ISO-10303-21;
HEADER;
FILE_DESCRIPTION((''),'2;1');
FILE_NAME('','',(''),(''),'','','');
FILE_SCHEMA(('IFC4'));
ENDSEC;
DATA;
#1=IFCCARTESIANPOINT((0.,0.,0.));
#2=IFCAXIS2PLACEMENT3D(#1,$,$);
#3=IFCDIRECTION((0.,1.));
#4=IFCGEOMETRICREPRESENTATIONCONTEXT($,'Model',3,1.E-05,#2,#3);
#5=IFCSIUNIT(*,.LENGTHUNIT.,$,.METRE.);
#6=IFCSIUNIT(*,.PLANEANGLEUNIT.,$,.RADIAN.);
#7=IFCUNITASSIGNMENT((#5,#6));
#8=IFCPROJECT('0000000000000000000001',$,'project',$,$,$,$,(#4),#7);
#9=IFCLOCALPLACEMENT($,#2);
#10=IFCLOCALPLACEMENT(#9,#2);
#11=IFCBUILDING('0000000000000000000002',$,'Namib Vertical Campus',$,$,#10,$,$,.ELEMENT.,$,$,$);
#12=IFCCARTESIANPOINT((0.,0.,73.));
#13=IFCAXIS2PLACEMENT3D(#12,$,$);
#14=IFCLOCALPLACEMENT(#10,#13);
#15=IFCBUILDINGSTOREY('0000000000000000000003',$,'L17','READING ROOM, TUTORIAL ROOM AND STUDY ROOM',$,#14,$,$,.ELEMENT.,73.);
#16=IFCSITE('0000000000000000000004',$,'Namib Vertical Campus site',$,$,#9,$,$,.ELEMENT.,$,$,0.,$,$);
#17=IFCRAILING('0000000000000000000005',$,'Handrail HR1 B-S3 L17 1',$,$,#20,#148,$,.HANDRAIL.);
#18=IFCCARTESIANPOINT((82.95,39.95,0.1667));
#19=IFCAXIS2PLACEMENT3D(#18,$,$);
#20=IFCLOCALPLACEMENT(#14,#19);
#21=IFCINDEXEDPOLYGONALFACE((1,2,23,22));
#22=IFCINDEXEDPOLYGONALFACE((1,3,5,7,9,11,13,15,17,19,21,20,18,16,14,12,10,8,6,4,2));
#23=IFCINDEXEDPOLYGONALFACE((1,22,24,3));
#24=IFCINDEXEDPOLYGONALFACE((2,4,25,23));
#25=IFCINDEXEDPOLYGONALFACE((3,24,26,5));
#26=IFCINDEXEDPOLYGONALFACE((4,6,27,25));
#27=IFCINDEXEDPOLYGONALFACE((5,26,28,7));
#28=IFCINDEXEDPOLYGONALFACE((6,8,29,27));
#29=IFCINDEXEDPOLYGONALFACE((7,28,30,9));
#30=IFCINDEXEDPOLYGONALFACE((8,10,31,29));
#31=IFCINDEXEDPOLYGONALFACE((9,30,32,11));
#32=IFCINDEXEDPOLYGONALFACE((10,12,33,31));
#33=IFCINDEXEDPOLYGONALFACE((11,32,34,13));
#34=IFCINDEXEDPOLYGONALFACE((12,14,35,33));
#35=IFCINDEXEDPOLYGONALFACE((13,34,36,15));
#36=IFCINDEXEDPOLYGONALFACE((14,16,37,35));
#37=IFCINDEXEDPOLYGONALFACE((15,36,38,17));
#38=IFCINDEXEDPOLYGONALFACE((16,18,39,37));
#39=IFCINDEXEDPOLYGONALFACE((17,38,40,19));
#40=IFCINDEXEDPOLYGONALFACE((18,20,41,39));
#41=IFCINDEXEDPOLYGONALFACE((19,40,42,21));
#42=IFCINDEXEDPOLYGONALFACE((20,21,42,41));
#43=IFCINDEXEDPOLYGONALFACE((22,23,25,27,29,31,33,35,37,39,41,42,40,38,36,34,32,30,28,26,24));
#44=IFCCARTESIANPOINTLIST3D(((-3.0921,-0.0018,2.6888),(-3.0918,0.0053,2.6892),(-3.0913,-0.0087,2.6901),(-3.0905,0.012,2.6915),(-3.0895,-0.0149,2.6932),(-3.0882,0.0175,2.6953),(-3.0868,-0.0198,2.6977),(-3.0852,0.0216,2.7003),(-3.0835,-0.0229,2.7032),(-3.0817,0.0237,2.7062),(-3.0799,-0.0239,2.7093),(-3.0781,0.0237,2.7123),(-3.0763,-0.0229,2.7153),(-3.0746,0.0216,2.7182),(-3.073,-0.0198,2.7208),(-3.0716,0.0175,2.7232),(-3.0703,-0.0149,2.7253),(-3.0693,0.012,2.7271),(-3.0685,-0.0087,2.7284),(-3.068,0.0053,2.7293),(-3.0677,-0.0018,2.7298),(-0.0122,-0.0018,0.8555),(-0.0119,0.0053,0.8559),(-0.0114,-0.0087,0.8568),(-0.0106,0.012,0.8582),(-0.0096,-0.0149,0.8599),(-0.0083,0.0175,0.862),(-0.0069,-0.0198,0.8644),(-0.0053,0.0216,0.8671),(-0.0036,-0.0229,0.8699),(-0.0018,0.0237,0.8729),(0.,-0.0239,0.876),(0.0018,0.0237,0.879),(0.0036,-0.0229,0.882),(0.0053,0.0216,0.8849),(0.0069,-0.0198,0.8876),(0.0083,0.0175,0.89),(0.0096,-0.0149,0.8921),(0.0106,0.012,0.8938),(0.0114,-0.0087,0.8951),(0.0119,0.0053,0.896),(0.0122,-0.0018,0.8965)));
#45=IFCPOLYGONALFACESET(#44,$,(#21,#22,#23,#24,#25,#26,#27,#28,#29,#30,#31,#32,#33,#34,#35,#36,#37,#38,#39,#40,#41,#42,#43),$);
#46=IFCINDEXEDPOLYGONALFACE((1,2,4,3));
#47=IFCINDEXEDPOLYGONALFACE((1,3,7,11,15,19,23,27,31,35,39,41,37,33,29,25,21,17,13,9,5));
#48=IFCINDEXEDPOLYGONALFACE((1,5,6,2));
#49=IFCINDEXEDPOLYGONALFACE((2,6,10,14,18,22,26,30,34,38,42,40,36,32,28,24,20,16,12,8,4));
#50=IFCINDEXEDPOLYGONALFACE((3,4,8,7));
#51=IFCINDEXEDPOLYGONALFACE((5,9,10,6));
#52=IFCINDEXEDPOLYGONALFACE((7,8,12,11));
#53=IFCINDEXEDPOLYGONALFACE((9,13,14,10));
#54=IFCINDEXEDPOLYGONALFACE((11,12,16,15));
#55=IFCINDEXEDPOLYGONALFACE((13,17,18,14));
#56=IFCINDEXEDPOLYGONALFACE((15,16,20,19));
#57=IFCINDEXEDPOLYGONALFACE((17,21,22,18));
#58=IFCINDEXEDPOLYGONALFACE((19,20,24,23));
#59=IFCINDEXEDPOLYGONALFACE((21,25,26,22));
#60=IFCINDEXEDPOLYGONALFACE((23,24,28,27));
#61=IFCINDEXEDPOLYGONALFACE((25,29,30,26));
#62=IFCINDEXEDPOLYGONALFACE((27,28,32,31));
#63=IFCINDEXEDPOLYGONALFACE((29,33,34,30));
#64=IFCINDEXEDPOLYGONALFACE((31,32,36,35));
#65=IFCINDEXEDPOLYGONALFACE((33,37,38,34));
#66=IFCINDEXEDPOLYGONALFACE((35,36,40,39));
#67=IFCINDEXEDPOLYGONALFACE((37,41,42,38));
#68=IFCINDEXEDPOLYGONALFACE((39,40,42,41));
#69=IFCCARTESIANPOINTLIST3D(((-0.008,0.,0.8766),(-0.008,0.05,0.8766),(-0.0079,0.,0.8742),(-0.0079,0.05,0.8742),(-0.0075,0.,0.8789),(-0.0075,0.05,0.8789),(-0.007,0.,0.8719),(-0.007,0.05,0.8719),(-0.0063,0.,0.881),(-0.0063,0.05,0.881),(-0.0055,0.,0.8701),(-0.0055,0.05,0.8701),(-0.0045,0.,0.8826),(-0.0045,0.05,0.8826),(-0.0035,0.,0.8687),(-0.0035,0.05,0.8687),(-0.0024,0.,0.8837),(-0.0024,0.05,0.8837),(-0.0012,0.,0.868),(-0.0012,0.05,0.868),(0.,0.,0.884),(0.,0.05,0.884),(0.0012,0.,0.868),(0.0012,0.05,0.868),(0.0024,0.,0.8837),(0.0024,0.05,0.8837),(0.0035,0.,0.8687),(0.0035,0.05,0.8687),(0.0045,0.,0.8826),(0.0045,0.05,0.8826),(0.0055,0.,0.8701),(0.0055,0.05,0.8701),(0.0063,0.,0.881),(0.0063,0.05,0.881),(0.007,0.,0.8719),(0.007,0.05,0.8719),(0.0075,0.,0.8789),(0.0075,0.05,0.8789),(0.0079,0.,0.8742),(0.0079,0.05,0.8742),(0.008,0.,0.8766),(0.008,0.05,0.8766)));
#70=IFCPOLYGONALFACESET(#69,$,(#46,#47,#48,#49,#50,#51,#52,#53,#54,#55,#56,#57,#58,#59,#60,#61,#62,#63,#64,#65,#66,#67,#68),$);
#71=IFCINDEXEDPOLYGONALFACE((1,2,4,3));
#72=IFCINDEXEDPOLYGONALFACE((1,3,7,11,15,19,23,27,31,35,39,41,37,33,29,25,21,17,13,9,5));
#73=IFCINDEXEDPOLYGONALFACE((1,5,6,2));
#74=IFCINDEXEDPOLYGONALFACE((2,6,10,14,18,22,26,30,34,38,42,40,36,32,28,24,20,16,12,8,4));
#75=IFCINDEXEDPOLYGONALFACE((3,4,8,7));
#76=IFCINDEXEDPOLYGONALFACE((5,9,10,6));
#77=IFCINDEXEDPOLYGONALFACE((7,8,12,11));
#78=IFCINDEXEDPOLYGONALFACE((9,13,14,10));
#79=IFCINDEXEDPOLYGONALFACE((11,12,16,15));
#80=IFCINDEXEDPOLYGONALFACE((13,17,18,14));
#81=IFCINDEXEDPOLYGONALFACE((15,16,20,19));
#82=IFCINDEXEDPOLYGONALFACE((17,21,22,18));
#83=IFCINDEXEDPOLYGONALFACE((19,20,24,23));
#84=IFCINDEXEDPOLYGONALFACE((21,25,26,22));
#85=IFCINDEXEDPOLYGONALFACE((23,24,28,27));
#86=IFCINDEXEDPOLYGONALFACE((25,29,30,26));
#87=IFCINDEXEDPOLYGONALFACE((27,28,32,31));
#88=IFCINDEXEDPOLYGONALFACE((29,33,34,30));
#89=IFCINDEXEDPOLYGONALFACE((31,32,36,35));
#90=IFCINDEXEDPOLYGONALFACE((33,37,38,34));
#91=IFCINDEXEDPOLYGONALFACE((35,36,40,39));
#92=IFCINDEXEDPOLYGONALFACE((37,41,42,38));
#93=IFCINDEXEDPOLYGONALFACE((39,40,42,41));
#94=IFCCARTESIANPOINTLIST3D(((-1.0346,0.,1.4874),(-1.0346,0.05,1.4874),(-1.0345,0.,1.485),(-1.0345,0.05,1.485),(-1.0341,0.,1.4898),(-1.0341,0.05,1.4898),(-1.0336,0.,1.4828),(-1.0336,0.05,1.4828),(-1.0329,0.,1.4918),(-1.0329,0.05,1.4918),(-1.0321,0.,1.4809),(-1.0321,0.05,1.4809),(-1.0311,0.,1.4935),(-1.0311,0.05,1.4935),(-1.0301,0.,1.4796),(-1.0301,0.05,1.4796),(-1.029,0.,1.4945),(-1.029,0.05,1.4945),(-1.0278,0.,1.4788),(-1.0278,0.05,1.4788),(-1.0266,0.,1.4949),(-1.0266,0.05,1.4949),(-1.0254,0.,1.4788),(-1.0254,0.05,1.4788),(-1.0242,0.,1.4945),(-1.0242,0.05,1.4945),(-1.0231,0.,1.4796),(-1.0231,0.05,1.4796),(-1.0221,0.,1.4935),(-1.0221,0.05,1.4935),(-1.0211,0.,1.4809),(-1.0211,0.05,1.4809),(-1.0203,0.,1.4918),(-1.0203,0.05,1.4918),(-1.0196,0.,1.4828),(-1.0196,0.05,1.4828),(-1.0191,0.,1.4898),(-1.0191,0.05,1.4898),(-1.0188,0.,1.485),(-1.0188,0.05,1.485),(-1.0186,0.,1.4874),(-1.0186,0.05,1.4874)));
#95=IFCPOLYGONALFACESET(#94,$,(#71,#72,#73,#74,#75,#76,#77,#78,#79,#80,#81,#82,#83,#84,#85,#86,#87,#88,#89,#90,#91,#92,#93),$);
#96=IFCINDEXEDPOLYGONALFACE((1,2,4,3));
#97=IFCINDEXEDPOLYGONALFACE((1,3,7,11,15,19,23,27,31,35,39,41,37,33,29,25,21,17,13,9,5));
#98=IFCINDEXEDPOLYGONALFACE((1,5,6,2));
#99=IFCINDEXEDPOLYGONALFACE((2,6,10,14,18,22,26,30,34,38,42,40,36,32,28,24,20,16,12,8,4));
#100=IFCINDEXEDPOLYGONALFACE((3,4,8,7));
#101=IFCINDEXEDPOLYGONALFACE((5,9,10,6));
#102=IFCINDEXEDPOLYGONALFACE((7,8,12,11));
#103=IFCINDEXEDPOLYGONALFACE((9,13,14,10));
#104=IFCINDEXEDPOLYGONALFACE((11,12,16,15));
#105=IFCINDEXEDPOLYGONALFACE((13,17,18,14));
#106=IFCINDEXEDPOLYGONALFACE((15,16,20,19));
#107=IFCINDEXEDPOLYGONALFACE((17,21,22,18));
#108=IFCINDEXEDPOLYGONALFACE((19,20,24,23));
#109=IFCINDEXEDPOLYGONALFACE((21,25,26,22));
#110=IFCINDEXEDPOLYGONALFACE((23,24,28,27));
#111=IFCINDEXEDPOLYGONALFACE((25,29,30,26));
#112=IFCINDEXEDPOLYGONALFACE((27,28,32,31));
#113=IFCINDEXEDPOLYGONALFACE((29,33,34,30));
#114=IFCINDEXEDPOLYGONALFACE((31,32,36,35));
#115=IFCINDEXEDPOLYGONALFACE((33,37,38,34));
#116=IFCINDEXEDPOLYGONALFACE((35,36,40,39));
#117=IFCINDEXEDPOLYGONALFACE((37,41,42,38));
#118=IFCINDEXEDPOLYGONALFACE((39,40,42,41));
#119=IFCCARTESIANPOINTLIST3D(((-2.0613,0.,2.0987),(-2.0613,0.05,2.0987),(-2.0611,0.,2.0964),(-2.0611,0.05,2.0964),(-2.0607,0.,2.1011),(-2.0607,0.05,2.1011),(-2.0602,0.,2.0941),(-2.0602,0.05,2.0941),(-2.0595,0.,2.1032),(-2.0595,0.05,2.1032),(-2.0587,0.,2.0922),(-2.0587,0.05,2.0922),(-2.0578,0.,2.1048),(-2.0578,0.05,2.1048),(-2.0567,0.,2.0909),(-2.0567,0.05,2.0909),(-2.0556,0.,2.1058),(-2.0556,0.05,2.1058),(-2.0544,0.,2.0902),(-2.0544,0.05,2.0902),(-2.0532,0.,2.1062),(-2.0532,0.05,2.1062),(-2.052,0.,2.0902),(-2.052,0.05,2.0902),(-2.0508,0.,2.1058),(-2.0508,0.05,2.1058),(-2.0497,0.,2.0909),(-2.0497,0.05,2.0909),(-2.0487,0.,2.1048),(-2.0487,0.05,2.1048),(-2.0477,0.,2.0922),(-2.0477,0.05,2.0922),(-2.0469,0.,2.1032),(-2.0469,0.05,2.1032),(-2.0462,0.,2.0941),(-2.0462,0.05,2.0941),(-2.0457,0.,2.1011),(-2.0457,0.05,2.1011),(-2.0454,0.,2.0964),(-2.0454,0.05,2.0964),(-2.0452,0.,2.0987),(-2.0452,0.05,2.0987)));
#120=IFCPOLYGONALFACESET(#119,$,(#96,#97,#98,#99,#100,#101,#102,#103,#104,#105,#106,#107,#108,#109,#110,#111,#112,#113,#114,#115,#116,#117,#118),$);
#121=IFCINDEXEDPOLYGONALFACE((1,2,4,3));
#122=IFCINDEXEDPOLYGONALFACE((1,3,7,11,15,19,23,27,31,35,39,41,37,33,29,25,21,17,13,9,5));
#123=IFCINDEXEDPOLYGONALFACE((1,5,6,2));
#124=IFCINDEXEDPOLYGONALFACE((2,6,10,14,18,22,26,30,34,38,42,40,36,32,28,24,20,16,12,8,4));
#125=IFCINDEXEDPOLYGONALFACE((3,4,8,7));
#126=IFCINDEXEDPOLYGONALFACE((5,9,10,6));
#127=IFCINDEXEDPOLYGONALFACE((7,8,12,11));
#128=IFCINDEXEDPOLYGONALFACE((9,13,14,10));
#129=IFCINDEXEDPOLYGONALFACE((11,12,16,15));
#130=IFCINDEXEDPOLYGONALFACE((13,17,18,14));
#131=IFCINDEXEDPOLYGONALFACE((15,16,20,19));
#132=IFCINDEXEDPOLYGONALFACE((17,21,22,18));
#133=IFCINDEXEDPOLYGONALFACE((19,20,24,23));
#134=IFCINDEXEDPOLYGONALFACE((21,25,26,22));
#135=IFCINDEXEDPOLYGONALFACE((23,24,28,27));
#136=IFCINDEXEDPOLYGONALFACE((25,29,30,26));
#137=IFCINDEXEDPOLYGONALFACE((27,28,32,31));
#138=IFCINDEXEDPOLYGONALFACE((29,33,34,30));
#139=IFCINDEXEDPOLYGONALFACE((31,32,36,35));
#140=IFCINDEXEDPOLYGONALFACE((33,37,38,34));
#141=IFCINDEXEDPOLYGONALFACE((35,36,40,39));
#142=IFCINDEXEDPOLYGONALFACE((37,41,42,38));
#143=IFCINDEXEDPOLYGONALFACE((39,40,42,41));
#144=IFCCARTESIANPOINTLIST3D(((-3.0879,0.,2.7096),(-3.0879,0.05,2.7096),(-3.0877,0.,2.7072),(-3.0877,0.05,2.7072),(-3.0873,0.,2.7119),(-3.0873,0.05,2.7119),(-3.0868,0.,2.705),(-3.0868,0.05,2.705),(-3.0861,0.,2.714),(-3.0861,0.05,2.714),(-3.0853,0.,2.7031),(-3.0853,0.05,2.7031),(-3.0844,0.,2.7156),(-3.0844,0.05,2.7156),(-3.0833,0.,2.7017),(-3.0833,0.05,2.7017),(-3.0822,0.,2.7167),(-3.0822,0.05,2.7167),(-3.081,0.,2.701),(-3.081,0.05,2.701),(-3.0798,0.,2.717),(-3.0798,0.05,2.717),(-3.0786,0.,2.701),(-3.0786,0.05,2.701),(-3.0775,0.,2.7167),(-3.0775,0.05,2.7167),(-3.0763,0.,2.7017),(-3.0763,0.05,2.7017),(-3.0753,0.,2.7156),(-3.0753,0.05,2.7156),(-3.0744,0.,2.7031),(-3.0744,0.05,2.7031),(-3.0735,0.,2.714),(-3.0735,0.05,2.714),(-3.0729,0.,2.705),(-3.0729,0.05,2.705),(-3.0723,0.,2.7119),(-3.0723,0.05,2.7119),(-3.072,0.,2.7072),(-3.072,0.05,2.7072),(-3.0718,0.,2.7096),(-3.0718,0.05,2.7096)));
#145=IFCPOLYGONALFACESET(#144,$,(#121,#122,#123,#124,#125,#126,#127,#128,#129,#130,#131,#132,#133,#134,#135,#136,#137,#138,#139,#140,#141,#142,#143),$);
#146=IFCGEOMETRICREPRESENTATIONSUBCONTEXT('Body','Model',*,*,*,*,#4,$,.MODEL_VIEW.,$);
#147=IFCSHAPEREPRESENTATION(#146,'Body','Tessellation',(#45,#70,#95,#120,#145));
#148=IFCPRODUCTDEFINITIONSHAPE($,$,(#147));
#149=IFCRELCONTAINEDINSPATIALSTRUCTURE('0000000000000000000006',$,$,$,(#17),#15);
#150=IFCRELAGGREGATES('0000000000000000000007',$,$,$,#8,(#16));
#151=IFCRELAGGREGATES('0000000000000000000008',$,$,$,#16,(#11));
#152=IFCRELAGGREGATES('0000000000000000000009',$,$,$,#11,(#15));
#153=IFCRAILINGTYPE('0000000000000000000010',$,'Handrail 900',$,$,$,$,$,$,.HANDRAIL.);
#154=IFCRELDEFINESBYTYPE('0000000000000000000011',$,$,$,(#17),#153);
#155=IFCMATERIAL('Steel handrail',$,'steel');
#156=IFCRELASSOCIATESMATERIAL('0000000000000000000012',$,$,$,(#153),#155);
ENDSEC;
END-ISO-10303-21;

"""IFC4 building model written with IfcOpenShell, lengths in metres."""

from ifc_helpers import new_model, si_unit, direction, frame, origin, origin_2d, place, context, subcontext, project, spatial, circle, extrude, material, type_object, element, save


model = new_model("IFC4")

# Units and contexts
model_context = context("Model", 3, precision=1e-05, world=origin(), true_north=direction((0.0, 1.0)))
body_context = subcontext(model_context, "Body", "Model", "MODEL_VIEW")
ifc_project = project(units=[si_unit("LENGTHUNIT", "METRE"), si_unit("PLANEANGLEUNIT", "RADIAN")], contexts=[model_context])

# Site, building, storey
site_placement = place(None, origin())
site = spatial("IfcSite", under=ifc_project, at=site_placement, Name="Namib Vertical Campus site", CompositionType="ELEMENT", RefElevation=0.0)
building_placement = place(site_placement, origin())
building = spatial("IfcBuilding", under=site, at=building_placement, Name="Namib Vertical Campus", CompositionType="ELEMENT")
storey_placement = place(building_placement, frame((0.0, 0.0, 73.0)))
storey = spatial("IfcBuildingStorey", under=building, at=storey_placement, Name="L17", Description="READING ROOM, TUTORIAL ROOM AND STUDY ROOM", CompositionType="ELEMENT", Elevation=73.0)

# Railing
ifc_material_1 = material(Name="Steel handrail", Category="steel")
railing_type_1 = type_object("IfcRailingType", Name="Handrail 900", PredefinedType="HANDRAIL", material=ifc_material_1)
railing_1_placement = place(storey_placement, frame((82.95, 39.95, 0.1667)))
element("IfcRailing", 1, at=railing_1_placement, inside=storey, type_object=railing_type_1, Name="Handrail HR1 B-S3 L17 1", PredefinedType="HANDRAIL", context=body_context, shape_type="SweptSolid", body=[
    extrude(circle(Radius=0.0239, at=origin_2d()), frame((0.0, 0.0, 0.876), z_axis=(-0.859291, 0.0, 0.511487), x_axis=(0.0, -1.0, 0.0)), (0.0, 0.0, 1.0), 3.5842),
    extrude(circle(Radius=0.0081, at=origin_2d()), frame((0.0, 0.0, 0.876), z_axis=(0.0, 1.0, 0.0), x_axis=(0.0, 0.0, 1.0)), (0.0, 0.0, 1.0), 0.05),
    extrude(circle(Radius=0.0081, at=origin_2d()), frame((-1.0266, 0.0, 1.4868), z_axis=(0.0, 1.0, 0.0), x_axis=(0.0, 0.0, 1.0)), (0.0, 0.0, 1.0), 0.05),
    extrude(circle(Radius=0.0081, at=origin_2d()), frame((-2.0532, 0.0, 2.0981), z_axis=(0.0, 1.0, 0.0), x_axis=(0.0, 0.0, 1.0)), (0.0, 0.0, 1.0), 0.05),
    extrude(circle(Radius=0.0081, at=origin_2d()), frame((-3.0798, 0.0, 2.709), z_axis=(0.0, 1.0, 0.0), x_axis=(0.0, 0.0, 1.0)), (0.0, 0.0, 1.0), 0.05),
])

save(model, "model.ifc")
